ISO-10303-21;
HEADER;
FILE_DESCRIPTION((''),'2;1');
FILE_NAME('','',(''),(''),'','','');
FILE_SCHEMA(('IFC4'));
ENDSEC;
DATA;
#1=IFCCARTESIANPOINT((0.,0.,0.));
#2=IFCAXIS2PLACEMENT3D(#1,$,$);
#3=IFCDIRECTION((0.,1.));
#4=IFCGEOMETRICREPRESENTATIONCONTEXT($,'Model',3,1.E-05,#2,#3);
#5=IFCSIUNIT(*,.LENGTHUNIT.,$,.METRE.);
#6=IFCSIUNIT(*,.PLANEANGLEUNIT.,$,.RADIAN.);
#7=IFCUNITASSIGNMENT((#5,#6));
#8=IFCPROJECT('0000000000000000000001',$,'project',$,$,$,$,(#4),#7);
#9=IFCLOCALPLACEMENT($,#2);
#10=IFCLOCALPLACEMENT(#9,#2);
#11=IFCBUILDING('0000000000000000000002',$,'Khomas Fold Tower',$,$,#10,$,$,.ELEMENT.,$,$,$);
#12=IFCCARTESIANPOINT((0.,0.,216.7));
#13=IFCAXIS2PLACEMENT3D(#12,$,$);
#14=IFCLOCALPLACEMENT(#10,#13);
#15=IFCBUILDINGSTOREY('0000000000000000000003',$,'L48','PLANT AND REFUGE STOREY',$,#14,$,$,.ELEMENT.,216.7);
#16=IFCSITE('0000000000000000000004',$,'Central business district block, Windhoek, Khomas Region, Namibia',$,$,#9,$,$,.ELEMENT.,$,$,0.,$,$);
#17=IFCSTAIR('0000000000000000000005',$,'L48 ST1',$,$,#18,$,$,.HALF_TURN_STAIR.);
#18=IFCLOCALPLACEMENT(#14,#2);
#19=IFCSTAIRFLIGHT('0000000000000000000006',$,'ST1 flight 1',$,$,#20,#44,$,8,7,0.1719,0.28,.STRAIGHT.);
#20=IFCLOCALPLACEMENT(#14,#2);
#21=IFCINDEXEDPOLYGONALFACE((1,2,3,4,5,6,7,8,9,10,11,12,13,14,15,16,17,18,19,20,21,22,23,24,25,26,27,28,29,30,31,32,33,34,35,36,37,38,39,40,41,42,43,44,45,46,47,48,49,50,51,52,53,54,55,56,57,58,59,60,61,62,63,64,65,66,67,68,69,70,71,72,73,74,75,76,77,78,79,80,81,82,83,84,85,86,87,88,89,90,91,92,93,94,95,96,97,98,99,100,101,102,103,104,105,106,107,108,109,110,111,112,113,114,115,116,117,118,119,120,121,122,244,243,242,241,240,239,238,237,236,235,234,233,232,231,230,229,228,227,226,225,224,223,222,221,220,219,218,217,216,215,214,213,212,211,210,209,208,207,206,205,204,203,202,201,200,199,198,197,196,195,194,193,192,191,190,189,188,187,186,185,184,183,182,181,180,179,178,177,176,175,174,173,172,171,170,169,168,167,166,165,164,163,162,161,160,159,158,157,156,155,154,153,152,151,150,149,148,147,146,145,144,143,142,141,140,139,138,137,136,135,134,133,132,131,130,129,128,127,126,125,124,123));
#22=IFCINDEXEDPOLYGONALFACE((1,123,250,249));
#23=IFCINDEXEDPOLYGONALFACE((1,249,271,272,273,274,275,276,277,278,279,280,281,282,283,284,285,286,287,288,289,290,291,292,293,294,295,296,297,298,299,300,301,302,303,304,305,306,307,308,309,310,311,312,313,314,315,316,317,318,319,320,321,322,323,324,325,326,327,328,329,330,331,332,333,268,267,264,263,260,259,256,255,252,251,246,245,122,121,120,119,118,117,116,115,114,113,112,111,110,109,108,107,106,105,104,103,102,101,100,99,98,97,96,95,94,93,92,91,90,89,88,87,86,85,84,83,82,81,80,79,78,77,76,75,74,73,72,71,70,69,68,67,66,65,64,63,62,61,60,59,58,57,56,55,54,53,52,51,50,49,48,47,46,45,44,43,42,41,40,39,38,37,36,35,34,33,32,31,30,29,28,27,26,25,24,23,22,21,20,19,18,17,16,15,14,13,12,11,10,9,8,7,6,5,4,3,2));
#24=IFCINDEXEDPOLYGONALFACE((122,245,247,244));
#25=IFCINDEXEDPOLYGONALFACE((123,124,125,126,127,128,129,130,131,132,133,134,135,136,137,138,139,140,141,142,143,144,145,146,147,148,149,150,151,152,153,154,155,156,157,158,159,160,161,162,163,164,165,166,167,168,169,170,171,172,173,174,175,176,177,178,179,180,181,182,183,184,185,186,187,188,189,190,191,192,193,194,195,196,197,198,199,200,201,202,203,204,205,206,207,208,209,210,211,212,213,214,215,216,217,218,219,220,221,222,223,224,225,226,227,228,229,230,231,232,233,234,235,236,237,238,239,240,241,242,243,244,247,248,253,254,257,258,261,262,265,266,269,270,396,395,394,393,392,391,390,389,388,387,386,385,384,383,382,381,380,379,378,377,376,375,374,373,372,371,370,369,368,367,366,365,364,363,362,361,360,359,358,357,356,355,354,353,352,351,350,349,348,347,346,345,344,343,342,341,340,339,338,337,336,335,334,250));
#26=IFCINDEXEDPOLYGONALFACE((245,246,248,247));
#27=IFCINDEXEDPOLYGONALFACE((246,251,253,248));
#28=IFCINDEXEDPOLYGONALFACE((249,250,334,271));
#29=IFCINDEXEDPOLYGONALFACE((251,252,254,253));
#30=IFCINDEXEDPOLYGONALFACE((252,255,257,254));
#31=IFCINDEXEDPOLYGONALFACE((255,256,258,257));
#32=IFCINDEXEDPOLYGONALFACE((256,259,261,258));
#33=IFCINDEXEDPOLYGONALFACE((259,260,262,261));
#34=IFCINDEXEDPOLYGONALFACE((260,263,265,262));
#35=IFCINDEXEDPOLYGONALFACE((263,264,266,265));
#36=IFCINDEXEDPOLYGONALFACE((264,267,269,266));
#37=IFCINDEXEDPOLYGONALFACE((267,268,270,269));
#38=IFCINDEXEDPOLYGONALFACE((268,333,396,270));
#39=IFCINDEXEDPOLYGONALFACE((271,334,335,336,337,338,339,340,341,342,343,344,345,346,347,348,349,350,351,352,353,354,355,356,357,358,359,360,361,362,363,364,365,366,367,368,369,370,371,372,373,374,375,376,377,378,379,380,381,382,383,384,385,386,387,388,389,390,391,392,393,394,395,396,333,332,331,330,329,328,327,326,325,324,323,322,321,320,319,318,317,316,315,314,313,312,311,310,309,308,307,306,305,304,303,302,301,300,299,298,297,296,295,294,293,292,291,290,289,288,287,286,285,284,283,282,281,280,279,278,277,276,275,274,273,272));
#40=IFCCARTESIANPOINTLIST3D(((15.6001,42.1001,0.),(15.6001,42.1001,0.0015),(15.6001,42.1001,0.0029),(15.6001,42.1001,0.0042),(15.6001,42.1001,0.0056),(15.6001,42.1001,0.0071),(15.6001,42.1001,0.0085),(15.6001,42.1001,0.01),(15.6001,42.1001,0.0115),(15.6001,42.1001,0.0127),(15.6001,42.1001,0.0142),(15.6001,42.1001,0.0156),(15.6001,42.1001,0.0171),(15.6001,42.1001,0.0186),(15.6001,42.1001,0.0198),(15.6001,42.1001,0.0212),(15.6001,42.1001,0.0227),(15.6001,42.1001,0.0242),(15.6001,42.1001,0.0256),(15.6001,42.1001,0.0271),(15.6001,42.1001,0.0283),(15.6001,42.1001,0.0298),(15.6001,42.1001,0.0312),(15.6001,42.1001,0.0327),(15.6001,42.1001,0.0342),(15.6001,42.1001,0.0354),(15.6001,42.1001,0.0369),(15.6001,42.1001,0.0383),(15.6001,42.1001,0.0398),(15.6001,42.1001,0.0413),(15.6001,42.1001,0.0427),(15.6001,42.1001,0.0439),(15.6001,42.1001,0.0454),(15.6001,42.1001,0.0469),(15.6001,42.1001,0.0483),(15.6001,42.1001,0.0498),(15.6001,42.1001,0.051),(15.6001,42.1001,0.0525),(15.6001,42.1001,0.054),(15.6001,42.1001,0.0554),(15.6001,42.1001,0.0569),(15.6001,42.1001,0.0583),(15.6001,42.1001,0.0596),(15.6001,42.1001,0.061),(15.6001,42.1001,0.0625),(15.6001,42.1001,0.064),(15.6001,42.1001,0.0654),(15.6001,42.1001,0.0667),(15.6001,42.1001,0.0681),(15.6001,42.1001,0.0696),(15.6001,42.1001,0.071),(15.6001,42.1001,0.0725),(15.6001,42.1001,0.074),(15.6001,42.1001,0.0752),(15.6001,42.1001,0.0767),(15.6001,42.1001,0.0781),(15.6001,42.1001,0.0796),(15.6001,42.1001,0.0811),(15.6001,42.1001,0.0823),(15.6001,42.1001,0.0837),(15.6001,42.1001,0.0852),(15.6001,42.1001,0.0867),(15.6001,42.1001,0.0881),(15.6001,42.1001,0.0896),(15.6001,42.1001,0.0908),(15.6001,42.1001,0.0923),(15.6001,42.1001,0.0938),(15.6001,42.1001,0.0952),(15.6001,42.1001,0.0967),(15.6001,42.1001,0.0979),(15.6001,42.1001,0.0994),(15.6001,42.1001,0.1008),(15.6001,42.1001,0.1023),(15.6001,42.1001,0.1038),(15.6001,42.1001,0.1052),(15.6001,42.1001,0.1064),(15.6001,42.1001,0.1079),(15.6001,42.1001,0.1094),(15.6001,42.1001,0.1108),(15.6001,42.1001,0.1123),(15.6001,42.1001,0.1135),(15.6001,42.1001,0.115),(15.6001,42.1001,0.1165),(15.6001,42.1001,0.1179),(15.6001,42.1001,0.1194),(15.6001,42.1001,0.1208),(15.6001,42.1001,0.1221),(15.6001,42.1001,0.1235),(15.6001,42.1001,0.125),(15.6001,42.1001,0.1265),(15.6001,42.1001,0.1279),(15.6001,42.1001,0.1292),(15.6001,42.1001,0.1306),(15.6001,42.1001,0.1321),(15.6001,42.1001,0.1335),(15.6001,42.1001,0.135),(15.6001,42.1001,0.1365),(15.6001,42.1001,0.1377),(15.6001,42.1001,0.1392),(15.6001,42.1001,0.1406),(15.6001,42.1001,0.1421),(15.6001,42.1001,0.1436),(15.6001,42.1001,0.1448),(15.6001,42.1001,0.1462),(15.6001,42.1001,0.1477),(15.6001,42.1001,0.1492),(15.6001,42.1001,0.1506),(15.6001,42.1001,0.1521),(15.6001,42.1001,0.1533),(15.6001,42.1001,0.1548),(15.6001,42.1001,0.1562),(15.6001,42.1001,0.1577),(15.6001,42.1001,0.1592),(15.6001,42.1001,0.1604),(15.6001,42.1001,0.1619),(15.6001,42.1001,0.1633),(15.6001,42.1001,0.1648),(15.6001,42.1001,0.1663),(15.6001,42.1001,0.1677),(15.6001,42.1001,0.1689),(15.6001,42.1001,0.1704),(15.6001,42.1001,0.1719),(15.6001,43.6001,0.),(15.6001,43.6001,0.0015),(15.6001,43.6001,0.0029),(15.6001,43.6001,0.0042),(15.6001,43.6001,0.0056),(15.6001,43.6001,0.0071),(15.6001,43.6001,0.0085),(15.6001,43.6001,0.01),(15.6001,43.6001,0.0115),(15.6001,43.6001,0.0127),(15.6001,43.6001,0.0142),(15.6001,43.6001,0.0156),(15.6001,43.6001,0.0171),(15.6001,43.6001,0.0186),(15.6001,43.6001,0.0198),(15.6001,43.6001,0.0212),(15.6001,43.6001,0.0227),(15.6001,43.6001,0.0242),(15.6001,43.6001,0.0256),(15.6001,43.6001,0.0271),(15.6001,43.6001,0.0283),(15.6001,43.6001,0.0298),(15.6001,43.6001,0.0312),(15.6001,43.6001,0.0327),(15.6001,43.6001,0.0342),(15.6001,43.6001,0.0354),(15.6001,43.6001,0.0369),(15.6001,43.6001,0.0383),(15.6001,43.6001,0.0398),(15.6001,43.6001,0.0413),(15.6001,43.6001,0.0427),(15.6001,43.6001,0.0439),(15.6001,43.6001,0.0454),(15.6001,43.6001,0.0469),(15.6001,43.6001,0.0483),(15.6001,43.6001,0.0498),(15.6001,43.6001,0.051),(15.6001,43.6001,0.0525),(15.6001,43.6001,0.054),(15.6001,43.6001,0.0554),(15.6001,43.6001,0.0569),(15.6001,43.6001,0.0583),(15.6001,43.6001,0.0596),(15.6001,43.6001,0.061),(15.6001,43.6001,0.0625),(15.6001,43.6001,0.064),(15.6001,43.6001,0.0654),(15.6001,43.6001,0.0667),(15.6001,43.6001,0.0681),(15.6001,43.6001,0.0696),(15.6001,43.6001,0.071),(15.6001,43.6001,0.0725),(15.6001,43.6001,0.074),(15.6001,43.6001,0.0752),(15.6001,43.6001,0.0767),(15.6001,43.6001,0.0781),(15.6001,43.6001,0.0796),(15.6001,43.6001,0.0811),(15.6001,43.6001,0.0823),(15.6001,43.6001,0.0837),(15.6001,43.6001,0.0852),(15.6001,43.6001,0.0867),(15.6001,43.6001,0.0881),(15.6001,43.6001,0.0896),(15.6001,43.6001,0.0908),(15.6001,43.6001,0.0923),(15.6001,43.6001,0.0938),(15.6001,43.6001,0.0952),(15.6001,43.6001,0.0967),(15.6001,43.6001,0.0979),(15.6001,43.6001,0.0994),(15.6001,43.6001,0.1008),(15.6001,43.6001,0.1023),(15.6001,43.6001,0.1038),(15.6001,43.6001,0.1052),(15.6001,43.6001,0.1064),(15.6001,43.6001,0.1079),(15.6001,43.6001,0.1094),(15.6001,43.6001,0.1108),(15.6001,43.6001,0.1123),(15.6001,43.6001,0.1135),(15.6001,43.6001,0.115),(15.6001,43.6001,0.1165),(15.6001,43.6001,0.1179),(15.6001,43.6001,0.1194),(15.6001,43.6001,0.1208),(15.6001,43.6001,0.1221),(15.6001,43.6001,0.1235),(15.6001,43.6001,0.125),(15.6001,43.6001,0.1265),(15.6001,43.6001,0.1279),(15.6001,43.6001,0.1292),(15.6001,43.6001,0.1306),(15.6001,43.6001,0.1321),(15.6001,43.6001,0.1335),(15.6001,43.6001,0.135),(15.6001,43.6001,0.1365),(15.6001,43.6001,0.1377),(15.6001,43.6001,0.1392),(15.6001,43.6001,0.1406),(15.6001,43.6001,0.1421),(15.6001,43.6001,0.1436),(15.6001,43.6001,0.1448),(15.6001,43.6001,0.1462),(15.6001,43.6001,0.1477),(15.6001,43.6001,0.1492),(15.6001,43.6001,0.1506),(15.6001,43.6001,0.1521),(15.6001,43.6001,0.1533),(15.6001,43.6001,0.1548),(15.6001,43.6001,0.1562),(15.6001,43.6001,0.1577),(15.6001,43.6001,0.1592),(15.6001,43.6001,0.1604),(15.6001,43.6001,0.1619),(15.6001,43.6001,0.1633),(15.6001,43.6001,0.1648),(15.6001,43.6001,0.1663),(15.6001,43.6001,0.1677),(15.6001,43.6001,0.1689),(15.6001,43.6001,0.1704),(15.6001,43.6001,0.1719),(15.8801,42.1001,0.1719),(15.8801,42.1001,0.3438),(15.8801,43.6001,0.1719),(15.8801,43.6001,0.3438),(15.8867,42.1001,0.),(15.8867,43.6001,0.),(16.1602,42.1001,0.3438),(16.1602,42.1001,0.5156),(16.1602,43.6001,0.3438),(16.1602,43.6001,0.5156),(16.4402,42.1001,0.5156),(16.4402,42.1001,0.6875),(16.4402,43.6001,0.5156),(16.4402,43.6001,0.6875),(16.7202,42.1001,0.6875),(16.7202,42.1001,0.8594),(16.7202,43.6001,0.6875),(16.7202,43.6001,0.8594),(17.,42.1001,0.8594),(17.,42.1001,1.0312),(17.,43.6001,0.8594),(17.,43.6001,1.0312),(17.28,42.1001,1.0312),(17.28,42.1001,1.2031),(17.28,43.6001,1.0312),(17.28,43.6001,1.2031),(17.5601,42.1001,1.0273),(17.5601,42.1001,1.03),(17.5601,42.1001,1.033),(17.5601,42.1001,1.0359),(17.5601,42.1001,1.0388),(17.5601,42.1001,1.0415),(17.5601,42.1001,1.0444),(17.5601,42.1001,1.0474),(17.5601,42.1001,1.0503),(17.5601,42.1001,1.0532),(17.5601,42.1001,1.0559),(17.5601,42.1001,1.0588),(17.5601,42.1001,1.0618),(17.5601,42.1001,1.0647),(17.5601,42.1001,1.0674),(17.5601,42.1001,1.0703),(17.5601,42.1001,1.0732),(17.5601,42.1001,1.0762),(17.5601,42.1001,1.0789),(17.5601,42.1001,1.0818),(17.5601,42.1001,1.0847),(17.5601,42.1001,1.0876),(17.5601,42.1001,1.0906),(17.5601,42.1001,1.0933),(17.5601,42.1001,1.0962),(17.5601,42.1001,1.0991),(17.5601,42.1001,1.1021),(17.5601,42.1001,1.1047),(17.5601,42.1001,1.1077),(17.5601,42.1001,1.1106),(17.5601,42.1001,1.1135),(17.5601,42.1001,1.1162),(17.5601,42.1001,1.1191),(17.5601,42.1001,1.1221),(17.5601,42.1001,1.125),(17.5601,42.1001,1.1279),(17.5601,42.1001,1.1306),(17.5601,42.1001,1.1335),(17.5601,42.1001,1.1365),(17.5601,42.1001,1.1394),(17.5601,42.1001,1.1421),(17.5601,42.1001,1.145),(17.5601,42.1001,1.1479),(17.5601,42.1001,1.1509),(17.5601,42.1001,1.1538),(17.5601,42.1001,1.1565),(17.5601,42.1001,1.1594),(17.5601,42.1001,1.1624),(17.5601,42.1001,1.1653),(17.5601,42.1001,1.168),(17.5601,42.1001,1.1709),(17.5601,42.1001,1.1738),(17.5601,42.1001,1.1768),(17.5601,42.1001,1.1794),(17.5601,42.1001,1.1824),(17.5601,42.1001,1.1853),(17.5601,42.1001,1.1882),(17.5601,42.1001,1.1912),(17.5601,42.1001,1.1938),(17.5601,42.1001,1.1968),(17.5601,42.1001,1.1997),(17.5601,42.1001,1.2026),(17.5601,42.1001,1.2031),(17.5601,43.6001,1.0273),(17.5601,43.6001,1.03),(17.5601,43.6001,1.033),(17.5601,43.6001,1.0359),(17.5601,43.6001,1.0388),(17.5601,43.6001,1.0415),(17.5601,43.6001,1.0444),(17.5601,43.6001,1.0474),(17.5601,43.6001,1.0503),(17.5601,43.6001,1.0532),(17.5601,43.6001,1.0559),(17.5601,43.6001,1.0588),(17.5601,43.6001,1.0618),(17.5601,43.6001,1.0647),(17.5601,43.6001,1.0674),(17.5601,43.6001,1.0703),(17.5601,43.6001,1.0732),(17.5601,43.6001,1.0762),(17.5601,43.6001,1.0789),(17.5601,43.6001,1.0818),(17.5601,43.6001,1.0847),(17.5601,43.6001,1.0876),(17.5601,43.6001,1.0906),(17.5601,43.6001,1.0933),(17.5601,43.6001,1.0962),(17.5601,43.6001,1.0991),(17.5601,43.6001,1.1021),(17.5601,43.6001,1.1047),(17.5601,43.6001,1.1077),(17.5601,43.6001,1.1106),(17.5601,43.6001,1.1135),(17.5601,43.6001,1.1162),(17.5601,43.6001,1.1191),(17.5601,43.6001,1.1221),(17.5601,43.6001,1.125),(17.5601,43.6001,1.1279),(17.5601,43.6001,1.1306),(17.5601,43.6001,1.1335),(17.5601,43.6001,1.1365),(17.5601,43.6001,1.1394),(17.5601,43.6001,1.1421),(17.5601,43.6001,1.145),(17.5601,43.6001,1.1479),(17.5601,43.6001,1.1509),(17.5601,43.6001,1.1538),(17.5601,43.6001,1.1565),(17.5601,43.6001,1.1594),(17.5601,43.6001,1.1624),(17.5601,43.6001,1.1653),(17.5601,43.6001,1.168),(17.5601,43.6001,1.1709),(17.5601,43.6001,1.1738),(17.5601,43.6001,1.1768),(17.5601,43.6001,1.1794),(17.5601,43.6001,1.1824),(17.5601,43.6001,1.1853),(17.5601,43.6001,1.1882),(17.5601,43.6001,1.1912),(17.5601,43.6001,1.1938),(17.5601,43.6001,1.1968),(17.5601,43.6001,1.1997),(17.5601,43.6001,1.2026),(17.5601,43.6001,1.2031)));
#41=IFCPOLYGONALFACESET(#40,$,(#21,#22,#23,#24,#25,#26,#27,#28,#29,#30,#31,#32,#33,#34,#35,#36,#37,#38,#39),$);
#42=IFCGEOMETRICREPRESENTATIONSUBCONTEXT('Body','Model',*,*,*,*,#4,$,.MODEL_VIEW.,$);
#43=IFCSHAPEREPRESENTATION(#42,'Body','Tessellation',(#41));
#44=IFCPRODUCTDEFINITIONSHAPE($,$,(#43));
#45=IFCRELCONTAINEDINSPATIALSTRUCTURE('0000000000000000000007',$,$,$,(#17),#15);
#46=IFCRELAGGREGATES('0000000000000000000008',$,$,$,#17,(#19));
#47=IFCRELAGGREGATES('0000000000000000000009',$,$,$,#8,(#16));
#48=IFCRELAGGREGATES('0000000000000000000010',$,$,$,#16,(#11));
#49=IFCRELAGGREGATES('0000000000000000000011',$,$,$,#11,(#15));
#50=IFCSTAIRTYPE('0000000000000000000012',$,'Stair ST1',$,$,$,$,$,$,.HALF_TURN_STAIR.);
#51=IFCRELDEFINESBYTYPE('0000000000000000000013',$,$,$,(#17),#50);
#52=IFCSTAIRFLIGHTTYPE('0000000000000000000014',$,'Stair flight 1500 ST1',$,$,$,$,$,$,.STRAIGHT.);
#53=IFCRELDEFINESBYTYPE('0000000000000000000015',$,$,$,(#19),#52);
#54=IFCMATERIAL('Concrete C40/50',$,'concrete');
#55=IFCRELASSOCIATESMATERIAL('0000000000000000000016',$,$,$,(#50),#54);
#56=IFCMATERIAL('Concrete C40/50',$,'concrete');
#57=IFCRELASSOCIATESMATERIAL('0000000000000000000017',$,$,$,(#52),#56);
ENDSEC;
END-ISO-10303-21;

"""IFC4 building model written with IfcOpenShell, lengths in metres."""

from ifc_helpers import new_model, si_unit, direction, frame, origin, place, context, subcontext, project, spatial, polyline, outline, extrude, source, transform, mapped, material, type_object, element, aggregate, save


model = new_model("IFC4")

# Units and contexts
model_context = context("Model", 3, precision=1e-05, world=origin(), true_north=direction((0.0, 1.0)))
body_context = subcontext(model_context, "Body", "Model", "MODEL_VIEW")
ifc_project = project(units=[si_unit("LENGTHUNIT", "METRE"), si_unit("PLANEANGLEUNIT", "RADIAN")], contexts=[model_context])

# Site, building, storey
site_placement = place(None, origin())
site = spatial("IfcSite", under=ifc_project, at=site_placement, Name="Central business district block, Windhoek, Khomas Region, Namibia", CompositionType="ELEMENT", RefElevation=0.0)
building_placement = place(site_placement, origin())
building = spatial("IfcBuilding", under=site, at=building_placement, Name="Khomas Fold Tower", CompositionType="ELEMENT")
storey_placement = place(building_placement, frame((0.0, 0.0, 216.7)))
storey = spatial("IfcBuildingStorey", under=building, at=storey_placement, Name="L48", Description="PLANT AND REFUGE STOREY", CompositionType="ELEMENT", Elevation=216.7)

# Stair, stair flight
ifc_material_1 = material(Name="Concrete C40/50", Category="concrete")
stair_type_1 = type_object("IfcStairType", Name="Stair ST1", PredefinedType="HALF_TURN_STAIR", material=ifc_material_1)
stair_1_placement = place(storey_placement, origin())
stair_1 = element("IfcStair", 1, at=stair_1_placement, inside=storey, type_object=stair_type_1, Name="L48 ST1", PredefinedType="HALF_TURN_STAIR")
ifc_material_2 = material(Name="Concrete C40/50", Category="concrete")
stair_flight_type_1 = type_object("IfcStairFlightType", Name="Stair flight 1500 ST1", PredefinedType="STRAIGHT", material=ifc_material_2)
shared_shape_1 = source(origin(), body_context, "Body", "SweptSolid", [
    extrude(outline(polyline([(0.0, 0.0), (0.0, 0.0015), (0.0, 0.0029), (0.0, 0.0042), (0.0, 0.0056), (0.0, 0.0071), (0.0, 0.0085), (0.0, 0.01), (0.0, 0.0115), (0.0, 0.0127), (0.0, 0.0142), (0.0, 0.0156), (0.0, 0.0171), (0.0, 0.0186), (0.0, 0.0198), (0.0, 0.0212), (0.0, 0.0227), (0.0, 0.0242), (0.0, 0.0256), (0.0, 0.0271), (0.0, 0.0283), (0.0, 0.0298), (0.0, 0.0312), (0.0, 0.0327), (0.0, 0.0342), (0.0, 0.0354), (0.0, 0.0369), (0.0, 0.0383), (0.0, 0.0398), (0.0, 0.0413), (0.0, 0.0427), (0.0, 0.0439), (0.0, 0.0454), (0.0, 0.0469), (0.0, 0.0483), (0.0, 0.0498), (0.0, 0.051), (0.0, 0.0525), (0.0, 0.054), (0.0, 0.0554), (0.0, 0.0569), (0.0, 0.0583), (0.0, 0.0596), (0.0, 0.061), (0.0, 0.0625), (0.0, 0.064), (0.0, 0.0654), (0.0, 0.0667), (0.0, 0.0681), (0.0, 0.0696), (0.0, 0.071), (0.0, 0.0725), (0.0, 0.074), (0.0, 0.0752), (0.0, 0.0767), (0.0, 0.0781), (0.0, 0.0796), (0.0, 0.0811), (0.0, 0.0823), (0.0, 0.0837), (0.0, 0.0852), (0.0, 0.0867), (0.0, 0.0881), (0.0, 0.0896), (0.0, 0.0908), (0.0, 0.0923), (0.0, 0.0938), (0.0, 0.0952), (0.0, 0.0967), (0.0, 0.0979), (0.0, 0.0994), (0.0, 0.1008), (0.0, 0.1023), (0.0, 0.1038), (0.0, 0.1052), (0.0, 0.1064), (0.0, 0.1079), (0.0, 0.1094), (0.0, 0.1108), (0.0, 0.1123), (0.0, 0.1135), (0.0, 0.115), (0.0, 0.1165), (0.0, 0.1179), (0.0, 0.1194), (0.0, 0.1208), (0.0, 0.1221), (0.0, 0.1235), (0.0, 0.125), (0.0, 0.1265), (0.0, 0.1279), (0.0, 0.1292), (0.0, 0.1306), (0.0, 0.1321), (0.0, 0.1335), (0.0, 0.135), (0.0, 0.1365), (0.0, 0.1377), (0.0, 0.1392), (0.0, 0.1406), (0.0, 0.1421), (0.0, 0.1436), (0.0, 0.1448), (0.0, 0.1462), (0.0, 0.1477), (0.0, 0.1492), (0.0, 0.1506), (0.0, 0.1521), (0.0, 0.1533), (0.0, 0.1548), (0.0, 0.1562), (0.0, 0.1577), (0.0, 0.1592), (0.0, 0.1604), (0.0, 0.1619), (0.0, 0.1633), (0.0, 0.1648), (0.0, 0.1663), (0.0, 0.1677), (0.0, 0.1689), (0.0, 0.1704), (0.0, 0.1719), (0.28, 0.1719), (0.28, 0.3438), (0.5601, 0.3438), (0.5601, 0.5156), (0.8401, 0.5156), (0.8401, 0.6875), (1.1201, 0.6875), (1.1201, 0.8594), (1.3999, 0.8594), (1.3999, 1.0312), (1.6799, 1.0312), (1.6799, 1.2031), (1.96, 1.2031), (1.96, 1.375), (1.96, 1.3721), (1.96, 1.3691), (1.96, 1.3665), (1.96, 1.3635), (1.96, 1.3606), (1.96, 1.3577), (1.96, 1.355), (1.96, 1.3521), (1.96, 1.3491), (1.96, 1.3462), (1.96, 1.3435), (1.96, 1.3406), (1.96, 1.3376), (1.96, 1.3347), (1.96, 1.3318), (1.96, 1.3291), (1.96, 1.3262), (1.96, 1.3232), (1.96, 1.3203), (1.96, 1.3176), (1.96, 1.3147), (1.96, 1.3118), (1.96, 1.3088), (1.96, 1.3059), (1.96, 1.3032), (1.96, 1.3003), (1.96, 1.2974), (1.96, 1.2944), (1.96, 1.2917), (1.96, 1.2888), (1.96, 1.2859), (1.96, 1.283), (1.96, 1.2803), (1.96, 1.2773), (1.96, 1.2744), (1.96, 1.2715), (1.96, 1.2686), (1.96, 1.2659), (1.96, 1.2629), (1.96, 1.26), (1.96, 1.2571), (1.96, 1.2544), (1.96, 1.2515), (1.96, 1.2485), (1.96, 1.2456), (1.96, 1.2427), (1.96, 1.24), (1.96, 1.2371), (1.96, 1.2341), (1.96, 1.2312), (1.96, 1.2285), (1.96, 1.2256), (1.96, 1.2227), (1.96, 1.2197), (1.96, 1.217), (1.96, 1.2141), (1.96, 1.2112), (1.96, 1.2083), (1.96, 1.2053), (1.96, 1.2026), (1.96, 1.1997), (1.96, 1.1968), (1.96, 1.1938), (1.96, 1.1912), (1.96, 1.1882), (1.96, 1.1853), (1.96, 1.1824), (1.96, 1.1794), (1.96, 1.1768), (1.96, 1.1738), (1.96, 1.1709), (1.96, 1.168), (1.96, 1.1653), (1.96, 1.1624), (1.96, 1.1594), (1.96, 1.1565), (1.96, 1.1538), (1.96, 1.1509), (1.96, 1.1479), (1.96, 1.145), (1.96, 1.1421), (1.96, 1.1394), (1.96, 1.1365), (1.96, 1.1335), (1.96, 1.1306), (1.96, 1.1279), (1.96, 1.125), (1.96, 1.1221), (1.96, 1.1191), (1.96, 1.1162), (1.96, 1.1135), (1.96, 1.1106), (1.96, 1.1077), (1.96, 1.1047), (1.96, 1.1021), (1.96, 1.0991), (1.96, 1.0962), (1.96, 1.0933), (1.96, 1.0906), (1.96, 1.0876), (1.96, 1.0847), (1.96, 1.0818), (1.96, 1.0789), (1.96, 1.0762), (1.96, 1.0732), (1.96, 1.0703), (1.96, 1.0674), (1.96, 1.0647), (1.96, 1.0618), (1.96, 1.0588), (1.96, 1.0559), (1.96, 1.0532), (1.96, 1.0503), (1.96, 1.0474), (1.96, 1.0444), (1.96, 1.0415), (1.96, 1.0388), (1.96, 1.0359), (1.96, 1.033), (1.96, 1.03), (1.96, 1.0273), (0.2866, 0.0), (0.0, 0.0)])), frame((0.0, 0.75, 0.0), z_axis=(0.0, -1.0, 0.0), x_axis=(1.0, 0.0, 0.0)), (0.0, 0.0, 1.0), 1.5),
])
stair_flight_1_placement = place(storey_placement, frame((15.6001, 42.8501, 0.0), z_axis=(0.0, 0.0, 1.0), x_axis=(1.0, 0.0, 0.0)))
stair_flight_1 = element("IfcStairFlight", 2, at=stair_flight_1_placement, type_object=stair_flight_type_1, Name="ST1 flight 1", NumberOfRisers=8, NumberOfTreads=7, PredefinedType="STRAIGHT", RiserHeight=0.1719, TreadLength=0.28, context=body_context, shape_type="MappedRepresentation", body=[
    mapped(shared_shape_1, transform((0.0, 0.0, 0.0))),
])
aggregate(stair_1, [stair_flight_1])

save(model, "model.ifc")
